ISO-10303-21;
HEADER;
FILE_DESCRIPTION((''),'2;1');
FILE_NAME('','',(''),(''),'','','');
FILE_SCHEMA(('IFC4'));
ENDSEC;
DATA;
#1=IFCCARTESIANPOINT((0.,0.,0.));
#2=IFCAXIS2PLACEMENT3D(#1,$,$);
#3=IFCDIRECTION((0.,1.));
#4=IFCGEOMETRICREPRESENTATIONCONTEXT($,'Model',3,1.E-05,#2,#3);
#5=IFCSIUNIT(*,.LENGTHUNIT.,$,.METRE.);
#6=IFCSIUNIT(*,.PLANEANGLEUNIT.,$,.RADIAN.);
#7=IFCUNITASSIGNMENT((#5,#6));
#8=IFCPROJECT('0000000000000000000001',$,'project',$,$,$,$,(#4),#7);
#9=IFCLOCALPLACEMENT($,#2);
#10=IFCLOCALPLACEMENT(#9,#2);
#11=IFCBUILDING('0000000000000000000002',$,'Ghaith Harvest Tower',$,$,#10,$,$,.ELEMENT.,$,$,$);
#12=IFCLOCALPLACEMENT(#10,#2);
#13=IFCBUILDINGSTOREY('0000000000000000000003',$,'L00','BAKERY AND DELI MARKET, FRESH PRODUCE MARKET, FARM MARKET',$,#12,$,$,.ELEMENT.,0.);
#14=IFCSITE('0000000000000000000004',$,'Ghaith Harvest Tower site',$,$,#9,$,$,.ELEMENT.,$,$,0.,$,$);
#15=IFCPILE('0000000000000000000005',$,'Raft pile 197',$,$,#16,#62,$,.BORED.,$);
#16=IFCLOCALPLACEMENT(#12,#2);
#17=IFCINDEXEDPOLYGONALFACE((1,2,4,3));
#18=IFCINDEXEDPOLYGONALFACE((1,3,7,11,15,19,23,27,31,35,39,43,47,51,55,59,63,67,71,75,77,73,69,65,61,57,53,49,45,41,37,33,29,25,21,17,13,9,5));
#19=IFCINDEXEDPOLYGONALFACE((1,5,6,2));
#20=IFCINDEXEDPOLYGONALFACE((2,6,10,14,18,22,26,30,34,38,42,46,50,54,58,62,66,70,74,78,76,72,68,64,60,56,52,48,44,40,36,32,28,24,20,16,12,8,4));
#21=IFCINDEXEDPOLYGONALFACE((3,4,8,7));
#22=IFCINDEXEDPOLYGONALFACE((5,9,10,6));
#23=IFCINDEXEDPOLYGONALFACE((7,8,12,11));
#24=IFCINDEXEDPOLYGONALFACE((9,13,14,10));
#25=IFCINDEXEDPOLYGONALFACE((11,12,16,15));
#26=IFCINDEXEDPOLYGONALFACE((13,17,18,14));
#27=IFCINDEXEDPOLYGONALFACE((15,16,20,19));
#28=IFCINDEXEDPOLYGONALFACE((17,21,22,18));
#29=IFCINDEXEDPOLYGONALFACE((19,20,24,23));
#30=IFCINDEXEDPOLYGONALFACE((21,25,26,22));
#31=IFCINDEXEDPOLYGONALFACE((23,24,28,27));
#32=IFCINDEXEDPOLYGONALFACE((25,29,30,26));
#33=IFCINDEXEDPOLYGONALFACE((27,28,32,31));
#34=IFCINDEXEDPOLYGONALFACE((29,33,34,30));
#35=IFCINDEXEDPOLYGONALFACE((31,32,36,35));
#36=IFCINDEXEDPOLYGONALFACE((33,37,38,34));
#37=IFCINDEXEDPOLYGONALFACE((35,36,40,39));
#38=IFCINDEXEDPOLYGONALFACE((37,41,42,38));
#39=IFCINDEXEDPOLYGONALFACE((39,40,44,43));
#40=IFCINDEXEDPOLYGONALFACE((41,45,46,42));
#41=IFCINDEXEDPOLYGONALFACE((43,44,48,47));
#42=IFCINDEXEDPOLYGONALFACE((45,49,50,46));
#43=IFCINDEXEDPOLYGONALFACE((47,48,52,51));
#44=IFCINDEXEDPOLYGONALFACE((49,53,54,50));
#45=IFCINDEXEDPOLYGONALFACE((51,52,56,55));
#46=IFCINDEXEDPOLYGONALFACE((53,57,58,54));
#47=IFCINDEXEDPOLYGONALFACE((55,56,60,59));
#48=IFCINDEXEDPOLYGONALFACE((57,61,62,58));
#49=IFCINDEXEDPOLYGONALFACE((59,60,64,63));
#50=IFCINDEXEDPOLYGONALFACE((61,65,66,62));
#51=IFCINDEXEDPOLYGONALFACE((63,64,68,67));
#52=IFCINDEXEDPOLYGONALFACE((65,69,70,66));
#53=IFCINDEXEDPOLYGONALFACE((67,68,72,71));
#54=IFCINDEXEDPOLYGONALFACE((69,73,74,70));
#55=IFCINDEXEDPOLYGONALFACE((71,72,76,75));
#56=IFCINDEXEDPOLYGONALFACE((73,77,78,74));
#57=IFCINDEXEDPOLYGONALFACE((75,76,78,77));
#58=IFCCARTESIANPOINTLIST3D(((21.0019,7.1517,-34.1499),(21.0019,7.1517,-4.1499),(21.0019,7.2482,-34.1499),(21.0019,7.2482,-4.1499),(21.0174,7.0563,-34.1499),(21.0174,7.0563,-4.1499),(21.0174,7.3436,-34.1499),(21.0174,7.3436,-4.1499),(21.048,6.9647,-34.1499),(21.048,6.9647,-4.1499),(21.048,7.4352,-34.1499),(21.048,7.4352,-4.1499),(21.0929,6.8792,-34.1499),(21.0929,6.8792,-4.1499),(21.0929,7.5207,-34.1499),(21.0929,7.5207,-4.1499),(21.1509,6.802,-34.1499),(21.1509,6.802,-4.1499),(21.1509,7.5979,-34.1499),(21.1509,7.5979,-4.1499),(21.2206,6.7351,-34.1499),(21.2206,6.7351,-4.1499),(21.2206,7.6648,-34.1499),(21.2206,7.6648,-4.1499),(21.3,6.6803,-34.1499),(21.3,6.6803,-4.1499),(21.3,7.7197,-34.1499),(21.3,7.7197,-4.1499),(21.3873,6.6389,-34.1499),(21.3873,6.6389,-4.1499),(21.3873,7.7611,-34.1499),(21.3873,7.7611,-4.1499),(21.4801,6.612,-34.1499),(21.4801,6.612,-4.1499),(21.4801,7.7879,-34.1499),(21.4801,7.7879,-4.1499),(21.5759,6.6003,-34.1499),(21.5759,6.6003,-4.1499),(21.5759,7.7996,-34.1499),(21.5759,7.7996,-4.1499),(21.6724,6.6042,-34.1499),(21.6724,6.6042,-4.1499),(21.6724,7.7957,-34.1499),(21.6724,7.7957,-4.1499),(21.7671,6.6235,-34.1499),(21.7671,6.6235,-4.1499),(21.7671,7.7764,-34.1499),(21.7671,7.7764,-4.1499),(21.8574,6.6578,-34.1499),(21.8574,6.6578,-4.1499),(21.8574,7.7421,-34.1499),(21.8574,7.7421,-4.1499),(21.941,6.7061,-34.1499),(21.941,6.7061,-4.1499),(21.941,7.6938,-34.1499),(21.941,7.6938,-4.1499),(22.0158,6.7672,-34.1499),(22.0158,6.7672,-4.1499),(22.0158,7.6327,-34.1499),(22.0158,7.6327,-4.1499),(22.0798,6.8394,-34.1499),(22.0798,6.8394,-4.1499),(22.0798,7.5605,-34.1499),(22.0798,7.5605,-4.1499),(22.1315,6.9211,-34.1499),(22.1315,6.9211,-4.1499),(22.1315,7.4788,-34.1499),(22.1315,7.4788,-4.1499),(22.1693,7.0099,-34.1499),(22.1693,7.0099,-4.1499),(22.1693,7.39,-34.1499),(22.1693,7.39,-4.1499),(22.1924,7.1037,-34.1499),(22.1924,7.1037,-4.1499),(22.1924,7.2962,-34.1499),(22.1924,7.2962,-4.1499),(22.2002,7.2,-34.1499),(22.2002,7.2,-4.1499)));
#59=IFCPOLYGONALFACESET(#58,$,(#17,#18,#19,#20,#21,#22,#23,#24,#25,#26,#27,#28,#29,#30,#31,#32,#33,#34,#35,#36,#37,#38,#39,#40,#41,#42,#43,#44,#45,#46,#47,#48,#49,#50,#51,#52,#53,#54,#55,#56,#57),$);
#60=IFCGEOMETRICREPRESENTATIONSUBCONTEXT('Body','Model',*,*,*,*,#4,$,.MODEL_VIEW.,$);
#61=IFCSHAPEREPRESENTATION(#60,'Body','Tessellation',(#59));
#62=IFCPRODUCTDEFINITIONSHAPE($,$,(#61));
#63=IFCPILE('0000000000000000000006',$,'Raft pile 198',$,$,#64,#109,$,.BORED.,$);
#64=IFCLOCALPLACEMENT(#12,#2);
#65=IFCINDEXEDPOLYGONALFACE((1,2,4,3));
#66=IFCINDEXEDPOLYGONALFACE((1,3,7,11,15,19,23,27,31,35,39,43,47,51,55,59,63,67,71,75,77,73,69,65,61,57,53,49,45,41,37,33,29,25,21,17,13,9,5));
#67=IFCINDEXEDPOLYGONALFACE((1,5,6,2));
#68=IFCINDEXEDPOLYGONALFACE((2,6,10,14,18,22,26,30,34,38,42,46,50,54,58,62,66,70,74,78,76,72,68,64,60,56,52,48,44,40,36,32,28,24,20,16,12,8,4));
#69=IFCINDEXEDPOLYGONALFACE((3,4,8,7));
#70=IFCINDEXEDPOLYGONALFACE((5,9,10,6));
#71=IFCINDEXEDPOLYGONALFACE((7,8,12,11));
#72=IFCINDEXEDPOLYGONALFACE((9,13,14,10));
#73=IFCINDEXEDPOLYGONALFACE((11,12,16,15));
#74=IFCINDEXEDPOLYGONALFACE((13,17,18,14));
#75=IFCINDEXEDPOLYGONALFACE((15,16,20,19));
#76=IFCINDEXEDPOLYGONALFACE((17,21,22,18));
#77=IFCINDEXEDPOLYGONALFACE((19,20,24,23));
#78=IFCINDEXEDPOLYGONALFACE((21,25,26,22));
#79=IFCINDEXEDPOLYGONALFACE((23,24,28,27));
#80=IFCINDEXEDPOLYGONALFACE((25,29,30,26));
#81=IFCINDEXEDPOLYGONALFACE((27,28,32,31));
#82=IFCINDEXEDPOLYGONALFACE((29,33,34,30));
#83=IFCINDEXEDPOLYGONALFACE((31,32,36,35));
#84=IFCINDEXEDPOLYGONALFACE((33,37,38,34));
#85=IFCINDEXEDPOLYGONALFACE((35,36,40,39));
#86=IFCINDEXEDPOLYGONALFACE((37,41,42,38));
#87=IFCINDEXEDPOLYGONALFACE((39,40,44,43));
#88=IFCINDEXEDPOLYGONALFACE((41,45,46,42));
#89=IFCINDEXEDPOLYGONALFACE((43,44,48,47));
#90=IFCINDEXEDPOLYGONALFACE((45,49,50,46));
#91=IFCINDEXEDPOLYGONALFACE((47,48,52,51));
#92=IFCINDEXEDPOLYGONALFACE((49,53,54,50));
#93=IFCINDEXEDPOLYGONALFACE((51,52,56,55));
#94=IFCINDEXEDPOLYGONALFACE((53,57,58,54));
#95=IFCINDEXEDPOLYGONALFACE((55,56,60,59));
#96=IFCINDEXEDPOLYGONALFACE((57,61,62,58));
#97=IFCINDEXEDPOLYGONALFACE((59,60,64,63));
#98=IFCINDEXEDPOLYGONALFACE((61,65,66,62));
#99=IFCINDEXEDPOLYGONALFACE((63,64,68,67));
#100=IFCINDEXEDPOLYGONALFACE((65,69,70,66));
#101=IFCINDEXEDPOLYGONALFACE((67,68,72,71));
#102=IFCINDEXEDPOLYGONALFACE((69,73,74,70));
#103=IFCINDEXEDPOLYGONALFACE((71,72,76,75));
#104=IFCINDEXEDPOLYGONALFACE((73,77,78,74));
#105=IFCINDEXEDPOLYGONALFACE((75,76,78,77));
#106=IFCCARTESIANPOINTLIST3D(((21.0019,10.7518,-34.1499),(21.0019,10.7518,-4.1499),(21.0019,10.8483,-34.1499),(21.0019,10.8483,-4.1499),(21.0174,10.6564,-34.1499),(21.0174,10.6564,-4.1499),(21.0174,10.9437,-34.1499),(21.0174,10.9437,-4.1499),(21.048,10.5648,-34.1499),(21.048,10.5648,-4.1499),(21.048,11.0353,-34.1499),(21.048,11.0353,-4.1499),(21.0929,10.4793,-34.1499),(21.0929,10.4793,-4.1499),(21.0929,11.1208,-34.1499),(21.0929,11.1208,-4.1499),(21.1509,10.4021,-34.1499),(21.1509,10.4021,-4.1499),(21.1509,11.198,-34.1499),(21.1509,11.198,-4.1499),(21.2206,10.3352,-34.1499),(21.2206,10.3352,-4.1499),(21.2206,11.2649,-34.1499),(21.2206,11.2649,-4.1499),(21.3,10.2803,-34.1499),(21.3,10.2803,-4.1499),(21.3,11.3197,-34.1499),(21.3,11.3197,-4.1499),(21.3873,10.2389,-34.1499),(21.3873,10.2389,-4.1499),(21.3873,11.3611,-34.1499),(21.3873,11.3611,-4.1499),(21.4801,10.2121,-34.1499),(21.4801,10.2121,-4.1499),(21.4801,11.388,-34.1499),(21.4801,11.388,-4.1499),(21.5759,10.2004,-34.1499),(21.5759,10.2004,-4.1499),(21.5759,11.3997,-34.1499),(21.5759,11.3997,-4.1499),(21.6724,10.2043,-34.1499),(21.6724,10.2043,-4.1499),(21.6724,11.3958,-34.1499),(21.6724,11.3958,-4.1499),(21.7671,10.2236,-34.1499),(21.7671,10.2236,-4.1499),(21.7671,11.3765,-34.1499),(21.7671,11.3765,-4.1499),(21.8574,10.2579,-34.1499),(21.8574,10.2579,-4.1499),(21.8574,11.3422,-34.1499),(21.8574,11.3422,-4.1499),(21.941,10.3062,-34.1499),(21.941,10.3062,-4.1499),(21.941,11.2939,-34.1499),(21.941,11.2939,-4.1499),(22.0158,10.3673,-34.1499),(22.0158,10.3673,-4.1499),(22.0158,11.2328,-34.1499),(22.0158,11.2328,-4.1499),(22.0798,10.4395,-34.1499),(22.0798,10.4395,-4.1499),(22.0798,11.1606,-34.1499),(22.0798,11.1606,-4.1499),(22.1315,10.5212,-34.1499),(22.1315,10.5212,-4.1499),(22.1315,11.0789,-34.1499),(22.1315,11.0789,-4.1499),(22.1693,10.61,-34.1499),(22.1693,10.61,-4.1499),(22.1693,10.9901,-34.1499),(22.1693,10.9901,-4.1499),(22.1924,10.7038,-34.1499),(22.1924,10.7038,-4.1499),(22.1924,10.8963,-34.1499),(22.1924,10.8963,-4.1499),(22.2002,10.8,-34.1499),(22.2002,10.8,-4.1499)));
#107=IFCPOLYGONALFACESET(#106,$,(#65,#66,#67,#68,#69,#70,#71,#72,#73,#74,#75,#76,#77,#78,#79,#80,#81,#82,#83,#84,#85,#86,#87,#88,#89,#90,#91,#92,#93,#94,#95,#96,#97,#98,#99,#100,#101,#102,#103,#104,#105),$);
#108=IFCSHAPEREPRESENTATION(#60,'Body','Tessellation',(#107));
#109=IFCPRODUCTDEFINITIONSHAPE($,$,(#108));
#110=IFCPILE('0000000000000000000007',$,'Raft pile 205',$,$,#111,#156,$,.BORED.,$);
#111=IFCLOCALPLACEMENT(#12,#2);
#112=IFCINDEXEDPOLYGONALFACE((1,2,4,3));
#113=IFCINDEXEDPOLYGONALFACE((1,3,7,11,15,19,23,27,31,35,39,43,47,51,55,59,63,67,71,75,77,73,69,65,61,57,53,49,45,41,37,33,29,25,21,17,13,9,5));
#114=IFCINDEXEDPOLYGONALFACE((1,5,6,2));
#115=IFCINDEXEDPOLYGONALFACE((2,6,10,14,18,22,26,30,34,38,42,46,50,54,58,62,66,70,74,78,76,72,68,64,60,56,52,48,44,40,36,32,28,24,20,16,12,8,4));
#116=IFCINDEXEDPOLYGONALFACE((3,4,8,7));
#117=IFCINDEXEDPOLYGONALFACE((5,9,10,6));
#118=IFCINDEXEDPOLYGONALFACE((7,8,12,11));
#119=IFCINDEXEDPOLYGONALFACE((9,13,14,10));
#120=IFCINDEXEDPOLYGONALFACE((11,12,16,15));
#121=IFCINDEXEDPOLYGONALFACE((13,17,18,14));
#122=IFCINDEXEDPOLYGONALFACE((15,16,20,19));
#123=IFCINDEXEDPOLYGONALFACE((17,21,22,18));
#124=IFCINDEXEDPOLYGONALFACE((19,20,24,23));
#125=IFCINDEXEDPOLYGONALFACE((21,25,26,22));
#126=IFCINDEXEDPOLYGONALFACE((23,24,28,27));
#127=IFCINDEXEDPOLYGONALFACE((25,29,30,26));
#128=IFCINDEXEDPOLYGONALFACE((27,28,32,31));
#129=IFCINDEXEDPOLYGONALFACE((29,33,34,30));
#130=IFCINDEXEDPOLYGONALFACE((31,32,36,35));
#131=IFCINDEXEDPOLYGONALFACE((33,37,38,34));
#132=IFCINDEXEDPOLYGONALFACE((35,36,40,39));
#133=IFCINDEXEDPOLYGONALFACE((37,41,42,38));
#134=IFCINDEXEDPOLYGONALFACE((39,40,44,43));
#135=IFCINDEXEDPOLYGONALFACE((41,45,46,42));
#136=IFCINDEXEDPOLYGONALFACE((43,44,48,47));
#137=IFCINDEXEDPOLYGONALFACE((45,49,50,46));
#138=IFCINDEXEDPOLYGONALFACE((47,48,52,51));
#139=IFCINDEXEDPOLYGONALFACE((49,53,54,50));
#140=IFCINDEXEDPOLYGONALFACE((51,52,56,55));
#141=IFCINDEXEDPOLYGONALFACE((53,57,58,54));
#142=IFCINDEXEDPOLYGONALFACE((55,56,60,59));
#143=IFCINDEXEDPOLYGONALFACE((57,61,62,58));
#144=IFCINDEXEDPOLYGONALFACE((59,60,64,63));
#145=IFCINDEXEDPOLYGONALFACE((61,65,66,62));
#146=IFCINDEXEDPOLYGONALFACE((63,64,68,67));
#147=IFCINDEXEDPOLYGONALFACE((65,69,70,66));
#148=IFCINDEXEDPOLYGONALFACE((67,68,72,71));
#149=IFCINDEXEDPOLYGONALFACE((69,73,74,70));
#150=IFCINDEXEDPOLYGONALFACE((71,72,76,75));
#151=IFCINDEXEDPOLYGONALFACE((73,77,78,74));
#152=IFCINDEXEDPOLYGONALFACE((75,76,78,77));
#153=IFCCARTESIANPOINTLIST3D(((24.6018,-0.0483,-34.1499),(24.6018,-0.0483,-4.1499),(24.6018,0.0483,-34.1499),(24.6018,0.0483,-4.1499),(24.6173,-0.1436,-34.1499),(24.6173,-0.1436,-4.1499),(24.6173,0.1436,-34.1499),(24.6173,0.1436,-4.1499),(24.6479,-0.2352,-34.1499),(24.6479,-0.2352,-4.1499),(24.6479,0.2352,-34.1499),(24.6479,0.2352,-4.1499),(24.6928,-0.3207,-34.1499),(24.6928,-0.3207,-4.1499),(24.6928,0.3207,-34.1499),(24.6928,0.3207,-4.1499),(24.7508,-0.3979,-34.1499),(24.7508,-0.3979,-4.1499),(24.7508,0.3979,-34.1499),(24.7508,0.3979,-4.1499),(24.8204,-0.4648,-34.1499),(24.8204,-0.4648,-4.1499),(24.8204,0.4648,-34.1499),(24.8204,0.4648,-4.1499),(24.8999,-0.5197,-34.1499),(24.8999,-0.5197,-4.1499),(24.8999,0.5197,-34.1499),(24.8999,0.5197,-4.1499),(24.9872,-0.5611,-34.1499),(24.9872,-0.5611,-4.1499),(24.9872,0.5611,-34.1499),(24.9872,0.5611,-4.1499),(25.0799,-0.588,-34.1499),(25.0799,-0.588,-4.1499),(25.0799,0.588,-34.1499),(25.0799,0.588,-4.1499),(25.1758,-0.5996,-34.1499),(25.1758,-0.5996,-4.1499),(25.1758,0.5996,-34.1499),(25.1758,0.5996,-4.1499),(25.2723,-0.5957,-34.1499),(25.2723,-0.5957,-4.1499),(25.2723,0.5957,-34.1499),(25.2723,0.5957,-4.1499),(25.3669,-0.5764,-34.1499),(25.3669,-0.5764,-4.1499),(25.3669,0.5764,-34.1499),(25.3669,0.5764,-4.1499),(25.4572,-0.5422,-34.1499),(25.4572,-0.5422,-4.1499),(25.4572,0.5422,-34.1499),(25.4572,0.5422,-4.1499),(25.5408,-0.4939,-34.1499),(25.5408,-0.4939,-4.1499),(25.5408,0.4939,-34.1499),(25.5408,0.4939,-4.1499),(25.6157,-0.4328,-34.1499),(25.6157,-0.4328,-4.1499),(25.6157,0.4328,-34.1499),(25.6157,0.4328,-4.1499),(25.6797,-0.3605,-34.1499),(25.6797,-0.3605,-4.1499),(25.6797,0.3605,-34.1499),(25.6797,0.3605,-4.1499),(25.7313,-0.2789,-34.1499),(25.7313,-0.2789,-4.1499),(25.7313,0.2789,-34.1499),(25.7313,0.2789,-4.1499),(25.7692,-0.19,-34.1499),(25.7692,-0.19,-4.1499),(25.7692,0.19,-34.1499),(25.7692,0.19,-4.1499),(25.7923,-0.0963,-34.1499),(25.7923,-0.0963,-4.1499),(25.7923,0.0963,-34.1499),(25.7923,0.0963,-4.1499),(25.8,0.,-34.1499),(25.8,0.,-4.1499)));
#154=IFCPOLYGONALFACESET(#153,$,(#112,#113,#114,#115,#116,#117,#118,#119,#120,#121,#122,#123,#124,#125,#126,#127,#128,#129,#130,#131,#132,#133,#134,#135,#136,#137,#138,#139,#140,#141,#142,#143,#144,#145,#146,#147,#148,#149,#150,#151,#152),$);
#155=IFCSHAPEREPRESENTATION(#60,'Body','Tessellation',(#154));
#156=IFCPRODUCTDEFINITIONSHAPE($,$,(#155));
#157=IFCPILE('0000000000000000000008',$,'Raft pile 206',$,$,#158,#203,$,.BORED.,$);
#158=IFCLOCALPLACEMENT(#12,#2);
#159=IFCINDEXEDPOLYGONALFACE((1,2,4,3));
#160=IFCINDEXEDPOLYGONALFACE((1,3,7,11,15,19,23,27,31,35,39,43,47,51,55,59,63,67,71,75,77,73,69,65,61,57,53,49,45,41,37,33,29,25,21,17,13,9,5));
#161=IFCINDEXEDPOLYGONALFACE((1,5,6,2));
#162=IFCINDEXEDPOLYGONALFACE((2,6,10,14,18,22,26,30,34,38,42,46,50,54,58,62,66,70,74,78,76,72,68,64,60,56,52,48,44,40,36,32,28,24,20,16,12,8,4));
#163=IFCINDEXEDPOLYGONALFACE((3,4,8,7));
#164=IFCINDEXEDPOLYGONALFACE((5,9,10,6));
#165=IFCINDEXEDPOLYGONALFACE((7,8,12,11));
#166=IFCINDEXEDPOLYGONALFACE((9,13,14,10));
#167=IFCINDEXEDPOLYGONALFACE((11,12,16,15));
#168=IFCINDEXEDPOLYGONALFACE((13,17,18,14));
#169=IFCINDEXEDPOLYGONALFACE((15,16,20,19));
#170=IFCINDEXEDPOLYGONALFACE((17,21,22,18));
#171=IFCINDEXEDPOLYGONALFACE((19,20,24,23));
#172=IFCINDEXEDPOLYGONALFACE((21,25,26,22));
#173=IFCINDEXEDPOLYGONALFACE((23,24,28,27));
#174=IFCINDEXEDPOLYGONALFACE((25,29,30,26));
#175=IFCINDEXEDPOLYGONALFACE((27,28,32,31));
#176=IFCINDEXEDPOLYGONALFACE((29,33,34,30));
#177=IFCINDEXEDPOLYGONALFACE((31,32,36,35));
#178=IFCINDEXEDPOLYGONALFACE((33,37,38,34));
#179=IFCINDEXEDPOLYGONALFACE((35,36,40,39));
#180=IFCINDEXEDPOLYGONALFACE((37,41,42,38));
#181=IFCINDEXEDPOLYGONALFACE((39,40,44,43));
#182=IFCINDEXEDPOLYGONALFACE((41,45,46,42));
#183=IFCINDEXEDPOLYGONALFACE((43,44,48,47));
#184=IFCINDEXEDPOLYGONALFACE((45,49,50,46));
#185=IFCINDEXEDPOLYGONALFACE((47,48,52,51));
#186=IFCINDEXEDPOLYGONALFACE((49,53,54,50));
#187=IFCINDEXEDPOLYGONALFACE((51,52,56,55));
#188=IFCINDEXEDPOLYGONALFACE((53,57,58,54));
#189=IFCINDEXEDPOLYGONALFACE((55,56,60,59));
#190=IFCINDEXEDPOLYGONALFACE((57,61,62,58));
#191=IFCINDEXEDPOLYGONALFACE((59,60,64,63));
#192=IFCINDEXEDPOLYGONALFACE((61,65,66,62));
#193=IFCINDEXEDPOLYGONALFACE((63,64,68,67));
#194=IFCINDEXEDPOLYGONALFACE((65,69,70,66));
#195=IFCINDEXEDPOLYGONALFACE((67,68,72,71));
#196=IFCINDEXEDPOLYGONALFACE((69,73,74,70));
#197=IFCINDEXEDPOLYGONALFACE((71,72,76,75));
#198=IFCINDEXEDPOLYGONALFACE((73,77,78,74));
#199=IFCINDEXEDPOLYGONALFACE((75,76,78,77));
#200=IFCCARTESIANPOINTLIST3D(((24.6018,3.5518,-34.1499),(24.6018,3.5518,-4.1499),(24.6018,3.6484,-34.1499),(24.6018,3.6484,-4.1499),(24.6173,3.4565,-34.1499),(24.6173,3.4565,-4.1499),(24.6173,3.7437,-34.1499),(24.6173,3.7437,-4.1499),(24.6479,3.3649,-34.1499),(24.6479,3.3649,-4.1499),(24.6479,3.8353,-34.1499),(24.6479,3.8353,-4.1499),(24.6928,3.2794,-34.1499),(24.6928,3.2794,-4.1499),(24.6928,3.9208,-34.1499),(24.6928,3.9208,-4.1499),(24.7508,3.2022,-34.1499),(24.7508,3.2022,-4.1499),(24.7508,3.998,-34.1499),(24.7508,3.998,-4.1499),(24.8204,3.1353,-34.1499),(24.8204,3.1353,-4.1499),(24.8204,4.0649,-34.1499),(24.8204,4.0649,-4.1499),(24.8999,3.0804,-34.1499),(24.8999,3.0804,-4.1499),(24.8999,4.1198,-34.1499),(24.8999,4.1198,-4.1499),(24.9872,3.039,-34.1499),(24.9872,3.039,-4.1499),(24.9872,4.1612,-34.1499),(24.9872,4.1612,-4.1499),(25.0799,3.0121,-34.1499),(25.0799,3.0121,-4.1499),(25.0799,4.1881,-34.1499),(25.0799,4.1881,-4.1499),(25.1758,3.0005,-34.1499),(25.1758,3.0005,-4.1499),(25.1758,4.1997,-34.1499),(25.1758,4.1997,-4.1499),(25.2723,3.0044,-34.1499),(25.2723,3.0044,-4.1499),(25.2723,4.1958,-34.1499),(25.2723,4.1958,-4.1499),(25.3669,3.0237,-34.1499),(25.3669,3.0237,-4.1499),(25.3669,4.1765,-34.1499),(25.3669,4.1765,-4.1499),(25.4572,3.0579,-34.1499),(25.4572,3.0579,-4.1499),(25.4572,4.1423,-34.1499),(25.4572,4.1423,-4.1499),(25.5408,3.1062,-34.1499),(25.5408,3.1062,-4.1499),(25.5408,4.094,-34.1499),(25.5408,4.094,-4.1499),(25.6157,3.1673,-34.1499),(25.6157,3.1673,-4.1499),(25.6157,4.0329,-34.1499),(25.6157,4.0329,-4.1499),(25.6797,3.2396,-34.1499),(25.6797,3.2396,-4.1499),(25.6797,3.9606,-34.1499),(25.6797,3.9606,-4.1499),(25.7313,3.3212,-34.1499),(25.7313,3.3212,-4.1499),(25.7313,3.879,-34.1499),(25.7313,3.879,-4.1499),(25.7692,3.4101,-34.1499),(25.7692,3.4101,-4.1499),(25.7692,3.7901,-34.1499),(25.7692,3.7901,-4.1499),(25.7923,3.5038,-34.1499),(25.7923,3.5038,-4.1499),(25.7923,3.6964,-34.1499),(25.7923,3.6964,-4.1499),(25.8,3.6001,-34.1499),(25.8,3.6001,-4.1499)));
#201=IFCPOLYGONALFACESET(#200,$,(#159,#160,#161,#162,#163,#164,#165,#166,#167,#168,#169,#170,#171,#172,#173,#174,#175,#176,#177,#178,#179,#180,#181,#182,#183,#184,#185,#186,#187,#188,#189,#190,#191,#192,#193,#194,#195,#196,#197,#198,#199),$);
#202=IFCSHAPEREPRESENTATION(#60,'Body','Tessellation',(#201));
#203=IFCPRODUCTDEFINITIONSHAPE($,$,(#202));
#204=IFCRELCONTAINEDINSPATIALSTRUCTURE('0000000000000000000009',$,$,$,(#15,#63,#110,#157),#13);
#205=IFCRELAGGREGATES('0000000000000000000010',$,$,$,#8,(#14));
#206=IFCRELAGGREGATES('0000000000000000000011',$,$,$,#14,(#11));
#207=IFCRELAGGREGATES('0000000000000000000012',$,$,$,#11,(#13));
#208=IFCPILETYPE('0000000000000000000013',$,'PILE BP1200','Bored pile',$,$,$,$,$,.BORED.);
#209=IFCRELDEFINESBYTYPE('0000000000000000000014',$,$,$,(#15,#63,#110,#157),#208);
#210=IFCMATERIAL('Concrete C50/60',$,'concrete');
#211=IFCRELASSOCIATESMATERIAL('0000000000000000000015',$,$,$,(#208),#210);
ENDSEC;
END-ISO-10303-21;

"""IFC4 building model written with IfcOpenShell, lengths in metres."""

from ifc_helpers import new_model, si_unit, direction, frame, origin, origin_2d, place, context, subcontext, project, spatial, circle, extrude, material, material_profile, profile_set, type_object, element, save


model = new_model("IFC4")

# Units and contexts
model_context = context("Model", 3, precision=1e-05, world=origin(), true_north=direction((0.0, 1.0)))
body_context = subcontext(model_context, "Body", "Model", "MODEL_VIEW")
ifc_project = project(units=[si_unit("LENGTHUNIT", "METRE"), si_unit("PLANEANGLEUNIT", "RADIAN")], contexts=[model_context])

# Site, building, storey
site_placement = place(None, origin())
site = spatial("IfcSite", under=ifc_project, at=site_placement, Name="Ghaith Harvest Tower site", CompositionType="ELEMENT", RefElevation=0.0)
building_placement = place(site_placement, origin())
building = spatial("IfcBuilding", under=site, at=building_placement, Name="Ghaith Harvest Tower", CompositionType="ELEMENT")
storey_placement = place(building_placement, origin())
storey = spatial("IfcBuildingStorey", under=building, at=storey_placement, Name="L00", Description="BAKERY AND DELI MARKET, FRESH PRODUCE MARKET, FARM MARKET", CompositionType="ELEMENT", Elevation=0.0)

# Piles
ifc_material_1 = material(Name="Concrete C50/60", Category="concrete")
ifc_material_profile_1 = material_profile(ifc_material_1, circle(Radius=0.6001, at=origin_2d()), Name="PILE1200")
ifc_profile_set_1 = profile_set([ifc_material_profile_1], Name="Concrete C50/60")
pile_type = type_object("IfcPileType", Name="PILE BP1200", Description="Bored pile", PredefinedType="BORED", material=ifc_profile_set_1)
for number, where, z_axis, x_axis, name in (
    (1, (21.6001, 7.2, -4.1499), (0.0, 0.0, -1.0), (1.0, 0.0, 0.0), "Raft pile 197"),
    (2, (21.6001, 10.8, -4.1499), (0.0, 0.0, -1.0), (1.0, 0.0, 0.0), "Raft pile 198"),
    (3, (25.2, 0.0, -4.1499), (0.0, 0.0, -1.0), (1.0, 0.0, 0.0), "Raft pile 205"),
    (4, (25.2, 3.6001, -4.1499), (0.0, 0.0, -1.0), (1.0, 0.0, 0.0), "Raft pile 206"),
):
    element("IfcPile", number, at=place(storey_placement, frame(where, z_axis=z_axis, x_axis=x_axis)), inside=storey, type_object=pile_type, Name=name, PredefinedType="BORED", context=body_context, shape_type="SweptSolid", body=[
        extrude(circle(Radius=0.6001, at=origin_2d()), origin(), (0.0, 0.0, 1.0), 30.0),
    ])

save(model, "model.ifc")
